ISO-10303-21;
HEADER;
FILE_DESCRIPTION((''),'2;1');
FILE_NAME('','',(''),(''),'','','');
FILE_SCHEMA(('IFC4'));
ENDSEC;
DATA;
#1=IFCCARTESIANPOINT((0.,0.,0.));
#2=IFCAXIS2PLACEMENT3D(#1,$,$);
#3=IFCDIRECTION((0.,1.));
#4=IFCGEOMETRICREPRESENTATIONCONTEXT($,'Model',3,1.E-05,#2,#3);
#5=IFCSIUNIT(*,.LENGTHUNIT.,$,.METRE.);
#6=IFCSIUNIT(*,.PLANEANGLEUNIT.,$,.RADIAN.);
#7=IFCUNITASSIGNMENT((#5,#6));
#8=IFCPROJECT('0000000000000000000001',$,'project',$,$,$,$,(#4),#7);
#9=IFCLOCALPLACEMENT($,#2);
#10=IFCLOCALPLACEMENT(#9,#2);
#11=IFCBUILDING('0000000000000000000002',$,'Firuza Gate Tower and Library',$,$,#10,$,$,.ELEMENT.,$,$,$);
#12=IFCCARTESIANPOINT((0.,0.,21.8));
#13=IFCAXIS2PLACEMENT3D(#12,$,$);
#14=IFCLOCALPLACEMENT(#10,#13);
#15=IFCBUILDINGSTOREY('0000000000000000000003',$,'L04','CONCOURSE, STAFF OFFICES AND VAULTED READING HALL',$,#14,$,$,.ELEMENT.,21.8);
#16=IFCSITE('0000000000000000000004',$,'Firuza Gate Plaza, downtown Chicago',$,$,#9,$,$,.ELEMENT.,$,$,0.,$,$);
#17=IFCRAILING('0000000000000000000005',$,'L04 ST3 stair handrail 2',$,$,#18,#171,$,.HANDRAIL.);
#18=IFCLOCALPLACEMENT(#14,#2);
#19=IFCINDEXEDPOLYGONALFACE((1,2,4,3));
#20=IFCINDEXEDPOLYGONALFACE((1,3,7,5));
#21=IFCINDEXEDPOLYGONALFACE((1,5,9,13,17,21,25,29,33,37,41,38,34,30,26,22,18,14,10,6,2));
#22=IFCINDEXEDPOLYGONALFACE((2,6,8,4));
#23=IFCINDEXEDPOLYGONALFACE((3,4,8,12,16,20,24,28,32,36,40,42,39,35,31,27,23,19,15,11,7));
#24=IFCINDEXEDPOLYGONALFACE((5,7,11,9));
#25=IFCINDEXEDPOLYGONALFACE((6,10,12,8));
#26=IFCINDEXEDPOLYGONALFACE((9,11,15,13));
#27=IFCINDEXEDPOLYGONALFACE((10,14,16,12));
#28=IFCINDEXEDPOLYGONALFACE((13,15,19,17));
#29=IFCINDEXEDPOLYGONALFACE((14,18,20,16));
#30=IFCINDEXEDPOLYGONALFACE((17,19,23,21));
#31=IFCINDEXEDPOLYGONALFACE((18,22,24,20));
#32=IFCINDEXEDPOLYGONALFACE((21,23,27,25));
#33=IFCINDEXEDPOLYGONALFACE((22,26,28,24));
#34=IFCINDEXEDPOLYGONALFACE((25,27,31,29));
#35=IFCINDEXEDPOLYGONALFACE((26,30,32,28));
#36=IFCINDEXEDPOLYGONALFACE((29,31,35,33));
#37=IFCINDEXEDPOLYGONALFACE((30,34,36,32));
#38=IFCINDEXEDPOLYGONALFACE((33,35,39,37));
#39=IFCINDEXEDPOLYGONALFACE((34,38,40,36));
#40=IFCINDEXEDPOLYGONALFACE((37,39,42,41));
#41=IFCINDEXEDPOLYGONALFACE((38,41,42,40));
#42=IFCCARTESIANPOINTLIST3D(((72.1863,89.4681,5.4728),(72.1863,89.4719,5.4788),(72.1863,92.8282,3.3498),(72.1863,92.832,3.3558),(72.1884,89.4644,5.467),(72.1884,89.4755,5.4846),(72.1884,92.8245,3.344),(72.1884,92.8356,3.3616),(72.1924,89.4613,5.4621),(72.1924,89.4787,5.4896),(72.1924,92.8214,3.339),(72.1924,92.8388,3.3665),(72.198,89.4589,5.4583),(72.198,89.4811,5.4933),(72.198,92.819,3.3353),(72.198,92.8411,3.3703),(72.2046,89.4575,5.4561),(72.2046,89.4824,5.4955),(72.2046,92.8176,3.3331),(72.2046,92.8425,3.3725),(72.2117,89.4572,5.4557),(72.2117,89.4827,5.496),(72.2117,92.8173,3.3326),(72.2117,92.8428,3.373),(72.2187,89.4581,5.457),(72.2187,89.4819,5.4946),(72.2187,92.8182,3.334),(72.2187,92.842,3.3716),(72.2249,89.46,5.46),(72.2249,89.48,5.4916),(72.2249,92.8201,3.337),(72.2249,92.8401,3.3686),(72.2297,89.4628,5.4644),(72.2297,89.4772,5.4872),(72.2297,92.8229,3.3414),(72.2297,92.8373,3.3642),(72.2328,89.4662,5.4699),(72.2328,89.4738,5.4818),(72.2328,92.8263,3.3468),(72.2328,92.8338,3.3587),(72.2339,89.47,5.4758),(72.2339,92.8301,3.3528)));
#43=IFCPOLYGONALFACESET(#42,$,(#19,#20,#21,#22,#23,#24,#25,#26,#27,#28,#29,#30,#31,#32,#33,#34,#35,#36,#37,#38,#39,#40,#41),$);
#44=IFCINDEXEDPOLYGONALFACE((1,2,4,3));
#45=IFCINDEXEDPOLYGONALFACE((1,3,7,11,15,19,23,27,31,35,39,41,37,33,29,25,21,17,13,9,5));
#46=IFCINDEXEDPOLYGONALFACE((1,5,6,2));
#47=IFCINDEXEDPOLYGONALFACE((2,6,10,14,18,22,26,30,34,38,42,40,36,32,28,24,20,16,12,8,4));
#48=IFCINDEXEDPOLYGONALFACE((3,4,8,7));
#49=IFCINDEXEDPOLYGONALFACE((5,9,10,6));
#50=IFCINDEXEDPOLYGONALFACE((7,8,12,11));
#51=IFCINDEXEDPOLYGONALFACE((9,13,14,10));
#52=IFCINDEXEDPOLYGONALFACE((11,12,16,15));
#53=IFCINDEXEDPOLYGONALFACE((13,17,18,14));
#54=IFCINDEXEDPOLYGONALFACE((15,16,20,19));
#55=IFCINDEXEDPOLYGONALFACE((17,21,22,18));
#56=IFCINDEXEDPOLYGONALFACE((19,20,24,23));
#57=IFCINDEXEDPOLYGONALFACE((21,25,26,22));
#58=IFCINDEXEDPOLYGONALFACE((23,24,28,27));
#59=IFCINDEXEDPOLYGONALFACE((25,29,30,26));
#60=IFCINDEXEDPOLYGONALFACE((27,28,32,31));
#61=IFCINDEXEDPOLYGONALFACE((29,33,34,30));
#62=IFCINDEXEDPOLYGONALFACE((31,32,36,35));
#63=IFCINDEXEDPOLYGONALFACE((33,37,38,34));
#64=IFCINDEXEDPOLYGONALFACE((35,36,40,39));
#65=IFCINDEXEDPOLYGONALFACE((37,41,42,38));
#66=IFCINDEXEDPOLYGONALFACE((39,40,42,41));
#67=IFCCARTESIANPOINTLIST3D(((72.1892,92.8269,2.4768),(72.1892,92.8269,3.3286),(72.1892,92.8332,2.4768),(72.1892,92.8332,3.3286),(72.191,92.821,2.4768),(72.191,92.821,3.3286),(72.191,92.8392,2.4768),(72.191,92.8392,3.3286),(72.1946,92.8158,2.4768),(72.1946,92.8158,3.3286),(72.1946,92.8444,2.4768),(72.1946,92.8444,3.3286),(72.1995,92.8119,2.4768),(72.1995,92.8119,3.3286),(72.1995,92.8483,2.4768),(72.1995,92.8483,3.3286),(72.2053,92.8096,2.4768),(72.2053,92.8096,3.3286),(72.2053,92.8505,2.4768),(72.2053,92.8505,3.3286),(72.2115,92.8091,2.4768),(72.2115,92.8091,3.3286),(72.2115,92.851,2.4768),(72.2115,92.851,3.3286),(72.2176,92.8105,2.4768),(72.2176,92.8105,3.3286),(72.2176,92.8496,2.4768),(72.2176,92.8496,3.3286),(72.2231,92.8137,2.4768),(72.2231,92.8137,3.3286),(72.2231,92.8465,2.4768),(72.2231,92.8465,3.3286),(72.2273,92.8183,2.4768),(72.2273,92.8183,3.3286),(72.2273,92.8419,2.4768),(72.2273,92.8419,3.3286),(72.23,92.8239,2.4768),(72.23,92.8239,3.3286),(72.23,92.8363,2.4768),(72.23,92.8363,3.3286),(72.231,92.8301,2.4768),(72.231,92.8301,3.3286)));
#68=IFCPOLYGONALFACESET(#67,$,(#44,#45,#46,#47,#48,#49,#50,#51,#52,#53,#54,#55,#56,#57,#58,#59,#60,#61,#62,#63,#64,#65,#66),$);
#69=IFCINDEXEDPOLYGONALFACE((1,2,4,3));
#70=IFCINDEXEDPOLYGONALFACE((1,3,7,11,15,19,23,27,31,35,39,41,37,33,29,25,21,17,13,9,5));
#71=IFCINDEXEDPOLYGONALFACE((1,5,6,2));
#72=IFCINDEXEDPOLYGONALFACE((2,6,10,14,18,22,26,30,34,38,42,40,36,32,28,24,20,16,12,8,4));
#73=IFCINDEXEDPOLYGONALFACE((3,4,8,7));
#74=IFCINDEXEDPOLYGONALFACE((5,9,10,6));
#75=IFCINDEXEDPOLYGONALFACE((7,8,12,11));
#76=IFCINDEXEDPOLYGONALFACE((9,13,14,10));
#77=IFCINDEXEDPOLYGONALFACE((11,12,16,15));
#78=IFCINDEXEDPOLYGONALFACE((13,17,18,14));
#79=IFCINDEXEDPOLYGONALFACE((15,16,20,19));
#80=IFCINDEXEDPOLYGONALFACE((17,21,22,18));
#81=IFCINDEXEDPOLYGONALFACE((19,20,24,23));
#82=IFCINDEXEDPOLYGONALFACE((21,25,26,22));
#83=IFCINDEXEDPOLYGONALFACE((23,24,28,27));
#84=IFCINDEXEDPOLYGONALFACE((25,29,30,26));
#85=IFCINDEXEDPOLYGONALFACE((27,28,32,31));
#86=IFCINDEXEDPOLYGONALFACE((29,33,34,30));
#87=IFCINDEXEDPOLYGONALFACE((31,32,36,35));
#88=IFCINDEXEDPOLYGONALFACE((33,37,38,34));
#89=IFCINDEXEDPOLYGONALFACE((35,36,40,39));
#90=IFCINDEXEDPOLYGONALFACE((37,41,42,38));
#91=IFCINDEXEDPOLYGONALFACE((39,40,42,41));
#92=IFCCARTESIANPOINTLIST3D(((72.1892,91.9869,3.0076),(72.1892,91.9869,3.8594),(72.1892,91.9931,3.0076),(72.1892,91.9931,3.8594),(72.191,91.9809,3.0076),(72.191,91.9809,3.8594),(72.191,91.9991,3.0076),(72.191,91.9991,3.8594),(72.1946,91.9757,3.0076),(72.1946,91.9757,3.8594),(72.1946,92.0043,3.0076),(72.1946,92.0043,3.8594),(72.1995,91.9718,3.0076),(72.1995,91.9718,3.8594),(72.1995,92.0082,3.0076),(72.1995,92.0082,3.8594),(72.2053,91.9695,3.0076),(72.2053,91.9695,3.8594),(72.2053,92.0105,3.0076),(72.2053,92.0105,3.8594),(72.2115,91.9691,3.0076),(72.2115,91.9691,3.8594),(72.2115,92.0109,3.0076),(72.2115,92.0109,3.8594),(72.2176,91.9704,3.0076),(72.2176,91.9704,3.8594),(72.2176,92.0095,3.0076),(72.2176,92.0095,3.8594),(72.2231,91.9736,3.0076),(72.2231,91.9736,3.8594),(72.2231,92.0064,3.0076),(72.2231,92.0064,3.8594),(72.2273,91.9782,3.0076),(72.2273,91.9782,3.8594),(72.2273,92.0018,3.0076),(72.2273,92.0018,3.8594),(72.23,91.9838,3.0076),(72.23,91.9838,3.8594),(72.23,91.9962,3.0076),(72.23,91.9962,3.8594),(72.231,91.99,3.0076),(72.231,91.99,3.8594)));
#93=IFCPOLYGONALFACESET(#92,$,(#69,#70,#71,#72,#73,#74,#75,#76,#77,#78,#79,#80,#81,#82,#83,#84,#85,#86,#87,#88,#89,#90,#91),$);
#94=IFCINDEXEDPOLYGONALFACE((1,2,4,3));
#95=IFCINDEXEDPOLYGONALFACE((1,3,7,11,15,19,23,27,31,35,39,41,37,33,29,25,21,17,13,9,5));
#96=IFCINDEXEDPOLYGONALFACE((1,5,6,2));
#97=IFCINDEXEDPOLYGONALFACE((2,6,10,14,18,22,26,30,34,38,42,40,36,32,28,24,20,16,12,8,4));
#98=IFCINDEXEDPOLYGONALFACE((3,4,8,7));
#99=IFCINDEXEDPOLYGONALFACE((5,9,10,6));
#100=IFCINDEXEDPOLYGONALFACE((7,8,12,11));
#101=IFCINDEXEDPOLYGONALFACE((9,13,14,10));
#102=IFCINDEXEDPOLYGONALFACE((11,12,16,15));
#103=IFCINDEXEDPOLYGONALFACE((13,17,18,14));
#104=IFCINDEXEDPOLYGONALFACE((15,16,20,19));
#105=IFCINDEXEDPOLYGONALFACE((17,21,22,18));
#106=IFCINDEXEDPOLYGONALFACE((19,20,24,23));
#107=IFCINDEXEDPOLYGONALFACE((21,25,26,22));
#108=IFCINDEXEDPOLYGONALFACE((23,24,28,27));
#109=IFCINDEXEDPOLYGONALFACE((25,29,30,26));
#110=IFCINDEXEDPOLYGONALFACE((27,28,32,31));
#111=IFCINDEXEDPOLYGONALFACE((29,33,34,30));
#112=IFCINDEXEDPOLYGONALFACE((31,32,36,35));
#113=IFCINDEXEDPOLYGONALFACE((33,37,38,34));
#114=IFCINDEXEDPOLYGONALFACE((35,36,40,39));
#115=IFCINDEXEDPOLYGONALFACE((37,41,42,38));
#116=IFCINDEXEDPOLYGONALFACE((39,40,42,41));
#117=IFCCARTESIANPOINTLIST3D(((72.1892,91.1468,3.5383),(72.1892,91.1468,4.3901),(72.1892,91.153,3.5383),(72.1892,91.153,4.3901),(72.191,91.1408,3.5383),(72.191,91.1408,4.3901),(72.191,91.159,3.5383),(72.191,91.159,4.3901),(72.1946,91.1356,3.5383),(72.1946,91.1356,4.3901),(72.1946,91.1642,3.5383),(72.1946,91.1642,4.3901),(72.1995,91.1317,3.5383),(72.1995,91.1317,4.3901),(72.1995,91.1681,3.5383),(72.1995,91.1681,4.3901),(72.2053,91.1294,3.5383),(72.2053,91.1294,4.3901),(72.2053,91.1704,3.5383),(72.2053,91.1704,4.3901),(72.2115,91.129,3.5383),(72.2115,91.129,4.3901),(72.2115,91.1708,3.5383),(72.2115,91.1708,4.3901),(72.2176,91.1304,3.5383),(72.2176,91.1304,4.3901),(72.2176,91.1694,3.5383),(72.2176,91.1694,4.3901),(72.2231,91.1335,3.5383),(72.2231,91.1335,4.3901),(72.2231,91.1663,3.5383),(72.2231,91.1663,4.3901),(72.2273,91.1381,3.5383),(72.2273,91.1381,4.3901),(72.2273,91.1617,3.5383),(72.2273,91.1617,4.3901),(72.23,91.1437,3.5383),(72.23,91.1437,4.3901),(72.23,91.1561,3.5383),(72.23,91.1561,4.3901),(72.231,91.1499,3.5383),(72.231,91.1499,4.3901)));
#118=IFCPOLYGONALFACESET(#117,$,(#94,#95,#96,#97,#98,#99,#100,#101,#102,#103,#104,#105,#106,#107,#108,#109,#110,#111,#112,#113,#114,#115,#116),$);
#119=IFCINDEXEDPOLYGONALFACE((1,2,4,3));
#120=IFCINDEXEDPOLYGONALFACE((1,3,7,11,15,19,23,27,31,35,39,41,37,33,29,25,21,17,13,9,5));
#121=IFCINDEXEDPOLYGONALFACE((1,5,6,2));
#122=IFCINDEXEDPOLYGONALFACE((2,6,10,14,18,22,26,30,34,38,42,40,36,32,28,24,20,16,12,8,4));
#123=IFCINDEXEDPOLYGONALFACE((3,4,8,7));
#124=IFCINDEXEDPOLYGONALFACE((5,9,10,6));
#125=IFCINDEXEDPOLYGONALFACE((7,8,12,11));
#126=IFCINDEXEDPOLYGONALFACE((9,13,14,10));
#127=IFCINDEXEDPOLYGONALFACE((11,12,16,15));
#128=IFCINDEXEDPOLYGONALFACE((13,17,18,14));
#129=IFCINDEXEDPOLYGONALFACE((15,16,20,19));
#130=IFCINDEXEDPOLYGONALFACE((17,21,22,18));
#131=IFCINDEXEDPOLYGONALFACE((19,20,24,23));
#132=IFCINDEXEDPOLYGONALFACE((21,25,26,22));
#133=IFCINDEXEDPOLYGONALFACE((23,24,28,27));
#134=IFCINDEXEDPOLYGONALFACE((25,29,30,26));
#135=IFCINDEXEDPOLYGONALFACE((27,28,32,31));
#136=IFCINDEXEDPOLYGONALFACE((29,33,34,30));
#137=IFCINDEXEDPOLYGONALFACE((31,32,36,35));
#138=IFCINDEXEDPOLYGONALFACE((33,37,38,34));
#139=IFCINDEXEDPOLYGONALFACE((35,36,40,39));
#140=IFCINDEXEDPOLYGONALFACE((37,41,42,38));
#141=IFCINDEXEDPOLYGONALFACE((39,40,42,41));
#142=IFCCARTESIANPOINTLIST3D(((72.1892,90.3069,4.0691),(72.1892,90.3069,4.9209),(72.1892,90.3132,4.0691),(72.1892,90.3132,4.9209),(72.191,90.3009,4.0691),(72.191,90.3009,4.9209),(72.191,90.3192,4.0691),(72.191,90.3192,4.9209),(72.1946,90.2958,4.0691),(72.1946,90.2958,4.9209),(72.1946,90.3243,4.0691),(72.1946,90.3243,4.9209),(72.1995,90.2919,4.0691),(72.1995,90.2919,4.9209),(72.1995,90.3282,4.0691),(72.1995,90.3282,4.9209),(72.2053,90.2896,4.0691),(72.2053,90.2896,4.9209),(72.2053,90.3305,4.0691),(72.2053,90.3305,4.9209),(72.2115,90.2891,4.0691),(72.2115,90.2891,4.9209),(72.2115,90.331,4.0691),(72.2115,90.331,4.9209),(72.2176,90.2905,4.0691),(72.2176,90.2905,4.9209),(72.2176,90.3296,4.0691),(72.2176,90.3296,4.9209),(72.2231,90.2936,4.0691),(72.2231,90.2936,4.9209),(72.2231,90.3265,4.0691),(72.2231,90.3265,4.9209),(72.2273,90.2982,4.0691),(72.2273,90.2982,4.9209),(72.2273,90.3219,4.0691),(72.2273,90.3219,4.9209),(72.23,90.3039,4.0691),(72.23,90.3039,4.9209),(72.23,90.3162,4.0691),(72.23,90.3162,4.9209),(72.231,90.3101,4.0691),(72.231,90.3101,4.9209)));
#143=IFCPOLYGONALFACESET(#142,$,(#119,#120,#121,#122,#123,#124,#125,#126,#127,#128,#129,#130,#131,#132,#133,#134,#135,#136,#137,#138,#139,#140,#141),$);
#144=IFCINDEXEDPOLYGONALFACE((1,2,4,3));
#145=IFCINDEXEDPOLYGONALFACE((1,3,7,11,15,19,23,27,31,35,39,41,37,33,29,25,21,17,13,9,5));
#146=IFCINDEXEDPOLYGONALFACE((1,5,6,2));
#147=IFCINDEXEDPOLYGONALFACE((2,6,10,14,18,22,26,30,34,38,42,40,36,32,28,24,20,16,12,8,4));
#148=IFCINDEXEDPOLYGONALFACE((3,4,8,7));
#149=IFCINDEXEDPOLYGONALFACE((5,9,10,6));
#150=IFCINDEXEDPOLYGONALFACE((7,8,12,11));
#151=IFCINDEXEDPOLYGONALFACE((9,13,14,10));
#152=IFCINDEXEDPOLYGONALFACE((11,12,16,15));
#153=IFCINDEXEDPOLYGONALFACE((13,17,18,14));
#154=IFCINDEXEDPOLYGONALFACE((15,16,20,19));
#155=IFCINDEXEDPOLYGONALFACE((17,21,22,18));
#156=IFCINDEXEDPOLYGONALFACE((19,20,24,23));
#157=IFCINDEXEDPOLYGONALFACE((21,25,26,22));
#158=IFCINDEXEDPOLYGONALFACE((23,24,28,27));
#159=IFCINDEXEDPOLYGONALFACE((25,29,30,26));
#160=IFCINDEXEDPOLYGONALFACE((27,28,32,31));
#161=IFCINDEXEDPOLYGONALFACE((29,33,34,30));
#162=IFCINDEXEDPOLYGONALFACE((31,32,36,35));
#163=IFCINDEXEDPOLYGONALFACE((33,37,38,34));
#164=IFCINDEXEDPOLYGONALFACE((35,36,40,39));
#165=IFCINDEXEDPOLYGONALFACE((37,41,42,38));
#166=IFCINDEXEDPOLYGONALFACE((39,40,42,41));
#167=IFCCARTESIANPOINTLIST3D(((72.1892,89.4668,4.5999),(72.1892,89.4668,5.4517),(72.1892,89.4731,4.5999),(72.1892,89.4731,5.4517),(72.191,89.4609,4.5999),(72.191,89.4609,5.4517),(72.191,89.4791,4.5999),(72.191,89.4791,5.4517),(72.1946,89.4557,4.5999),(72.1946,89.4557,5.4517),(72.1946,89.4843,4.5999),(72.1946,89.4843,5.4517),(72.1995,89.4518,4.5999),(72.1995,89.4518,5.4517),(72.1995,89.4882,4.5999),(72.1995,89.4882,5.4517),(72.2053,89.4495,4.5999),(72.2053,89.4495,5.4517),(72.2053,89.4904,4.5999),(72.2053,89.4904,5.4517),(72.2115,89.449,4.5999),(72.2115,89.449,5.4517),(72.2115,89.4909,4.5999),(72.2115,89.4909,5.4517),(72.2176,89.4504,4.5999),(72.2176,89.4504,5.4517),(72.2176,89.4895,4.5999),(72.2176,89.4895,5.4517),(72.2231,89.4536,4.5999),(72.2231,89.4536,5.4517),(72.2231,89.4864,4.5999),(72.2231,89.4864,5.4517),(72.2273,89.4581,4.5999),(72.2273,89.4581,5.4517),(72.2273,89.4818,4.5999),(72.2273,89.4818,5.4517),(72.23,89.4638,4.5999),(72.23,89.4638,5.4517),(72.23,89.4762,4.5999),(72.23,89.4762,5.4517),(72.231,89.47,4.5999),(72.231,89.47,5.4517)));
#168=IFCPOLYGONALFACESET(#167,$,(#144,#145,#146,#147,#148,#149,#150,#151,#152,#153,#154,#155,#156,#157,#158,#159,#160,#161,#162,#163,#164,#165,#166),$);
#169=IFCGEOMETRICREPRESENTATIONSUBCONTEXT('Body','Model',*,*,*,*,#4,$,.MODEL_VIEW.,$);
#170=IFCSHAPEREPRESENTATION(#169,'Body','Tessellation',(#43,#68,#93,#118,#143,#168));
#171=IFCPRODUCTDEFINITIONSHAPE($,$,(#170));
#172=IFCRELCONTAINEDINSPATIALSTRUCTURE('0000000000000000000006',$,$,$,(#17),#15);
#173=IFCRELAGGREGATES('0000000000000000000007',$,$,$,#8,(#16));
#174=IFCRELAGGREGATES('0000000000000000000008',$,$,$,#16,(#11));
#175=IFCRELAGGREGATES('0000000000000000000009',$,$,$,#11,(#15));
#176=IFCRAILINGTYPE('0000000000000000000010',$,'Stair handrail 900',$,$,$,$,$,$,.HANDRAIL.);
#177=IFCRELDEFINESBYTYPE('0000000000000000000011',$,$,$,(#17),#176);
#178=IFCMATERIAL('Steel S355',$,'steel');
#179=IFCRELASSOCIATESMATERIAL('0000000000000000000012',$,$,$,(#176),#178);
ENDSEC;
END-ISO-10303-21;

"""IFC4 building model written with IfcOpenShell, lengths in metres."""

from ifc_helpers import new_model, si_unit, direction, frame, origin, origin_2d, place, context, subcontext, project, spatial, circle, extrude, material, type_object, element, save


model = new_model("IFC4")

# Units and contexts
model_context = context("Model", 3, precision=1e-05, world=origin(), true_north=direction((0.0, 1.0)))
body_context = subcontext(model_context, "Body", "Model", "MODEL_VIEW")
ifc_project = project(units=[si_unit("LENGTHUNIT", "METRE"), si_unit("PLANEANGLEUNIT", "RADIAN")], contexts=[model_context])

# Site, building, storey
site_placement = place(None, origin())
site = spatial("IfcSite", under=ifc_project, at=site_placement, Name="Firuza Gate Plaza, downtown Chicago", CompositionType="ELEMENT", RefElevation=0.0)
building_placement = place(site_placement, origin())
building = spatial("IfcBuilding", under=site, at=building_placement, Name="Firuza Gate Tower and Library", CompositionType="ELEMENT")
storey_placement = place(building_placement, frame((0.0, 0.0, 21.8)))
storey = spatial("IfcBuildingStorey", under=building, at=storey_placement, Name="L04", Description="CONCOURSE, STAFF OFFICES AND VAULTED READING HALL", CompositionType="ELEMENT", Elevation=21.8)

# Railing
ifc_material_1 = material(Name="Steel S355", Category="steel")
railing_type_1 = type_object("IfcRailingType", Name="Stair handrail 900", PredefinedType="HANDRAIL", material=ifc_material_1)
railing_1_placement = place(storey_placement, frame((72.21, 92.8301, 2.4768)))
element("IfcRailing", 1, at=railing_1_placement, inside=storey, type_object=railing_type_1, Name="L04 ST3 stair handrail 2", PredefinedType="HANDRAIL", context=body_context, shape_type="SweptSolid", body=[
    extrude(circle(Radius=0.0239, at=origin_2d()), frame((0.0, 0.0, 0.876), z_axis=(0.0, -0.84539, 0.53415), x_axis=(1.0, 0.0, 0.0)), (0.0, 0.0, 1.0), 3.9746),
    extrude(circle(Radius=0.021, at=origin_2d()), origin(), (0.0, 0.0, 1.0), 0.8518),
    extrude(circle(Radius=0.021, at=origin_2d()), frame((0.0, -0.8401, 0.5308)), (0.0, 0.0, 1.0), 0.8518),
    extrude(circle(Radius=0.021, at=origin_2d()), frame((0.0, -1.6802, 1.0615)), (0.0, 0.0, 1.0), 0.8518),
    extrude(circle(Radius=0.021, at=origin_2d()), frame((0.0, -2.52, 1.5923)), (0.0, 0.0, 1.0), 0.8518),
    extrude(circle(Radius=0.021, at=origin_2d()), frame((0.0, -3.3601, 2.123)), (0.0, 0.0, 1.0), 0.8518),
])

save(model, "model.ifc")
